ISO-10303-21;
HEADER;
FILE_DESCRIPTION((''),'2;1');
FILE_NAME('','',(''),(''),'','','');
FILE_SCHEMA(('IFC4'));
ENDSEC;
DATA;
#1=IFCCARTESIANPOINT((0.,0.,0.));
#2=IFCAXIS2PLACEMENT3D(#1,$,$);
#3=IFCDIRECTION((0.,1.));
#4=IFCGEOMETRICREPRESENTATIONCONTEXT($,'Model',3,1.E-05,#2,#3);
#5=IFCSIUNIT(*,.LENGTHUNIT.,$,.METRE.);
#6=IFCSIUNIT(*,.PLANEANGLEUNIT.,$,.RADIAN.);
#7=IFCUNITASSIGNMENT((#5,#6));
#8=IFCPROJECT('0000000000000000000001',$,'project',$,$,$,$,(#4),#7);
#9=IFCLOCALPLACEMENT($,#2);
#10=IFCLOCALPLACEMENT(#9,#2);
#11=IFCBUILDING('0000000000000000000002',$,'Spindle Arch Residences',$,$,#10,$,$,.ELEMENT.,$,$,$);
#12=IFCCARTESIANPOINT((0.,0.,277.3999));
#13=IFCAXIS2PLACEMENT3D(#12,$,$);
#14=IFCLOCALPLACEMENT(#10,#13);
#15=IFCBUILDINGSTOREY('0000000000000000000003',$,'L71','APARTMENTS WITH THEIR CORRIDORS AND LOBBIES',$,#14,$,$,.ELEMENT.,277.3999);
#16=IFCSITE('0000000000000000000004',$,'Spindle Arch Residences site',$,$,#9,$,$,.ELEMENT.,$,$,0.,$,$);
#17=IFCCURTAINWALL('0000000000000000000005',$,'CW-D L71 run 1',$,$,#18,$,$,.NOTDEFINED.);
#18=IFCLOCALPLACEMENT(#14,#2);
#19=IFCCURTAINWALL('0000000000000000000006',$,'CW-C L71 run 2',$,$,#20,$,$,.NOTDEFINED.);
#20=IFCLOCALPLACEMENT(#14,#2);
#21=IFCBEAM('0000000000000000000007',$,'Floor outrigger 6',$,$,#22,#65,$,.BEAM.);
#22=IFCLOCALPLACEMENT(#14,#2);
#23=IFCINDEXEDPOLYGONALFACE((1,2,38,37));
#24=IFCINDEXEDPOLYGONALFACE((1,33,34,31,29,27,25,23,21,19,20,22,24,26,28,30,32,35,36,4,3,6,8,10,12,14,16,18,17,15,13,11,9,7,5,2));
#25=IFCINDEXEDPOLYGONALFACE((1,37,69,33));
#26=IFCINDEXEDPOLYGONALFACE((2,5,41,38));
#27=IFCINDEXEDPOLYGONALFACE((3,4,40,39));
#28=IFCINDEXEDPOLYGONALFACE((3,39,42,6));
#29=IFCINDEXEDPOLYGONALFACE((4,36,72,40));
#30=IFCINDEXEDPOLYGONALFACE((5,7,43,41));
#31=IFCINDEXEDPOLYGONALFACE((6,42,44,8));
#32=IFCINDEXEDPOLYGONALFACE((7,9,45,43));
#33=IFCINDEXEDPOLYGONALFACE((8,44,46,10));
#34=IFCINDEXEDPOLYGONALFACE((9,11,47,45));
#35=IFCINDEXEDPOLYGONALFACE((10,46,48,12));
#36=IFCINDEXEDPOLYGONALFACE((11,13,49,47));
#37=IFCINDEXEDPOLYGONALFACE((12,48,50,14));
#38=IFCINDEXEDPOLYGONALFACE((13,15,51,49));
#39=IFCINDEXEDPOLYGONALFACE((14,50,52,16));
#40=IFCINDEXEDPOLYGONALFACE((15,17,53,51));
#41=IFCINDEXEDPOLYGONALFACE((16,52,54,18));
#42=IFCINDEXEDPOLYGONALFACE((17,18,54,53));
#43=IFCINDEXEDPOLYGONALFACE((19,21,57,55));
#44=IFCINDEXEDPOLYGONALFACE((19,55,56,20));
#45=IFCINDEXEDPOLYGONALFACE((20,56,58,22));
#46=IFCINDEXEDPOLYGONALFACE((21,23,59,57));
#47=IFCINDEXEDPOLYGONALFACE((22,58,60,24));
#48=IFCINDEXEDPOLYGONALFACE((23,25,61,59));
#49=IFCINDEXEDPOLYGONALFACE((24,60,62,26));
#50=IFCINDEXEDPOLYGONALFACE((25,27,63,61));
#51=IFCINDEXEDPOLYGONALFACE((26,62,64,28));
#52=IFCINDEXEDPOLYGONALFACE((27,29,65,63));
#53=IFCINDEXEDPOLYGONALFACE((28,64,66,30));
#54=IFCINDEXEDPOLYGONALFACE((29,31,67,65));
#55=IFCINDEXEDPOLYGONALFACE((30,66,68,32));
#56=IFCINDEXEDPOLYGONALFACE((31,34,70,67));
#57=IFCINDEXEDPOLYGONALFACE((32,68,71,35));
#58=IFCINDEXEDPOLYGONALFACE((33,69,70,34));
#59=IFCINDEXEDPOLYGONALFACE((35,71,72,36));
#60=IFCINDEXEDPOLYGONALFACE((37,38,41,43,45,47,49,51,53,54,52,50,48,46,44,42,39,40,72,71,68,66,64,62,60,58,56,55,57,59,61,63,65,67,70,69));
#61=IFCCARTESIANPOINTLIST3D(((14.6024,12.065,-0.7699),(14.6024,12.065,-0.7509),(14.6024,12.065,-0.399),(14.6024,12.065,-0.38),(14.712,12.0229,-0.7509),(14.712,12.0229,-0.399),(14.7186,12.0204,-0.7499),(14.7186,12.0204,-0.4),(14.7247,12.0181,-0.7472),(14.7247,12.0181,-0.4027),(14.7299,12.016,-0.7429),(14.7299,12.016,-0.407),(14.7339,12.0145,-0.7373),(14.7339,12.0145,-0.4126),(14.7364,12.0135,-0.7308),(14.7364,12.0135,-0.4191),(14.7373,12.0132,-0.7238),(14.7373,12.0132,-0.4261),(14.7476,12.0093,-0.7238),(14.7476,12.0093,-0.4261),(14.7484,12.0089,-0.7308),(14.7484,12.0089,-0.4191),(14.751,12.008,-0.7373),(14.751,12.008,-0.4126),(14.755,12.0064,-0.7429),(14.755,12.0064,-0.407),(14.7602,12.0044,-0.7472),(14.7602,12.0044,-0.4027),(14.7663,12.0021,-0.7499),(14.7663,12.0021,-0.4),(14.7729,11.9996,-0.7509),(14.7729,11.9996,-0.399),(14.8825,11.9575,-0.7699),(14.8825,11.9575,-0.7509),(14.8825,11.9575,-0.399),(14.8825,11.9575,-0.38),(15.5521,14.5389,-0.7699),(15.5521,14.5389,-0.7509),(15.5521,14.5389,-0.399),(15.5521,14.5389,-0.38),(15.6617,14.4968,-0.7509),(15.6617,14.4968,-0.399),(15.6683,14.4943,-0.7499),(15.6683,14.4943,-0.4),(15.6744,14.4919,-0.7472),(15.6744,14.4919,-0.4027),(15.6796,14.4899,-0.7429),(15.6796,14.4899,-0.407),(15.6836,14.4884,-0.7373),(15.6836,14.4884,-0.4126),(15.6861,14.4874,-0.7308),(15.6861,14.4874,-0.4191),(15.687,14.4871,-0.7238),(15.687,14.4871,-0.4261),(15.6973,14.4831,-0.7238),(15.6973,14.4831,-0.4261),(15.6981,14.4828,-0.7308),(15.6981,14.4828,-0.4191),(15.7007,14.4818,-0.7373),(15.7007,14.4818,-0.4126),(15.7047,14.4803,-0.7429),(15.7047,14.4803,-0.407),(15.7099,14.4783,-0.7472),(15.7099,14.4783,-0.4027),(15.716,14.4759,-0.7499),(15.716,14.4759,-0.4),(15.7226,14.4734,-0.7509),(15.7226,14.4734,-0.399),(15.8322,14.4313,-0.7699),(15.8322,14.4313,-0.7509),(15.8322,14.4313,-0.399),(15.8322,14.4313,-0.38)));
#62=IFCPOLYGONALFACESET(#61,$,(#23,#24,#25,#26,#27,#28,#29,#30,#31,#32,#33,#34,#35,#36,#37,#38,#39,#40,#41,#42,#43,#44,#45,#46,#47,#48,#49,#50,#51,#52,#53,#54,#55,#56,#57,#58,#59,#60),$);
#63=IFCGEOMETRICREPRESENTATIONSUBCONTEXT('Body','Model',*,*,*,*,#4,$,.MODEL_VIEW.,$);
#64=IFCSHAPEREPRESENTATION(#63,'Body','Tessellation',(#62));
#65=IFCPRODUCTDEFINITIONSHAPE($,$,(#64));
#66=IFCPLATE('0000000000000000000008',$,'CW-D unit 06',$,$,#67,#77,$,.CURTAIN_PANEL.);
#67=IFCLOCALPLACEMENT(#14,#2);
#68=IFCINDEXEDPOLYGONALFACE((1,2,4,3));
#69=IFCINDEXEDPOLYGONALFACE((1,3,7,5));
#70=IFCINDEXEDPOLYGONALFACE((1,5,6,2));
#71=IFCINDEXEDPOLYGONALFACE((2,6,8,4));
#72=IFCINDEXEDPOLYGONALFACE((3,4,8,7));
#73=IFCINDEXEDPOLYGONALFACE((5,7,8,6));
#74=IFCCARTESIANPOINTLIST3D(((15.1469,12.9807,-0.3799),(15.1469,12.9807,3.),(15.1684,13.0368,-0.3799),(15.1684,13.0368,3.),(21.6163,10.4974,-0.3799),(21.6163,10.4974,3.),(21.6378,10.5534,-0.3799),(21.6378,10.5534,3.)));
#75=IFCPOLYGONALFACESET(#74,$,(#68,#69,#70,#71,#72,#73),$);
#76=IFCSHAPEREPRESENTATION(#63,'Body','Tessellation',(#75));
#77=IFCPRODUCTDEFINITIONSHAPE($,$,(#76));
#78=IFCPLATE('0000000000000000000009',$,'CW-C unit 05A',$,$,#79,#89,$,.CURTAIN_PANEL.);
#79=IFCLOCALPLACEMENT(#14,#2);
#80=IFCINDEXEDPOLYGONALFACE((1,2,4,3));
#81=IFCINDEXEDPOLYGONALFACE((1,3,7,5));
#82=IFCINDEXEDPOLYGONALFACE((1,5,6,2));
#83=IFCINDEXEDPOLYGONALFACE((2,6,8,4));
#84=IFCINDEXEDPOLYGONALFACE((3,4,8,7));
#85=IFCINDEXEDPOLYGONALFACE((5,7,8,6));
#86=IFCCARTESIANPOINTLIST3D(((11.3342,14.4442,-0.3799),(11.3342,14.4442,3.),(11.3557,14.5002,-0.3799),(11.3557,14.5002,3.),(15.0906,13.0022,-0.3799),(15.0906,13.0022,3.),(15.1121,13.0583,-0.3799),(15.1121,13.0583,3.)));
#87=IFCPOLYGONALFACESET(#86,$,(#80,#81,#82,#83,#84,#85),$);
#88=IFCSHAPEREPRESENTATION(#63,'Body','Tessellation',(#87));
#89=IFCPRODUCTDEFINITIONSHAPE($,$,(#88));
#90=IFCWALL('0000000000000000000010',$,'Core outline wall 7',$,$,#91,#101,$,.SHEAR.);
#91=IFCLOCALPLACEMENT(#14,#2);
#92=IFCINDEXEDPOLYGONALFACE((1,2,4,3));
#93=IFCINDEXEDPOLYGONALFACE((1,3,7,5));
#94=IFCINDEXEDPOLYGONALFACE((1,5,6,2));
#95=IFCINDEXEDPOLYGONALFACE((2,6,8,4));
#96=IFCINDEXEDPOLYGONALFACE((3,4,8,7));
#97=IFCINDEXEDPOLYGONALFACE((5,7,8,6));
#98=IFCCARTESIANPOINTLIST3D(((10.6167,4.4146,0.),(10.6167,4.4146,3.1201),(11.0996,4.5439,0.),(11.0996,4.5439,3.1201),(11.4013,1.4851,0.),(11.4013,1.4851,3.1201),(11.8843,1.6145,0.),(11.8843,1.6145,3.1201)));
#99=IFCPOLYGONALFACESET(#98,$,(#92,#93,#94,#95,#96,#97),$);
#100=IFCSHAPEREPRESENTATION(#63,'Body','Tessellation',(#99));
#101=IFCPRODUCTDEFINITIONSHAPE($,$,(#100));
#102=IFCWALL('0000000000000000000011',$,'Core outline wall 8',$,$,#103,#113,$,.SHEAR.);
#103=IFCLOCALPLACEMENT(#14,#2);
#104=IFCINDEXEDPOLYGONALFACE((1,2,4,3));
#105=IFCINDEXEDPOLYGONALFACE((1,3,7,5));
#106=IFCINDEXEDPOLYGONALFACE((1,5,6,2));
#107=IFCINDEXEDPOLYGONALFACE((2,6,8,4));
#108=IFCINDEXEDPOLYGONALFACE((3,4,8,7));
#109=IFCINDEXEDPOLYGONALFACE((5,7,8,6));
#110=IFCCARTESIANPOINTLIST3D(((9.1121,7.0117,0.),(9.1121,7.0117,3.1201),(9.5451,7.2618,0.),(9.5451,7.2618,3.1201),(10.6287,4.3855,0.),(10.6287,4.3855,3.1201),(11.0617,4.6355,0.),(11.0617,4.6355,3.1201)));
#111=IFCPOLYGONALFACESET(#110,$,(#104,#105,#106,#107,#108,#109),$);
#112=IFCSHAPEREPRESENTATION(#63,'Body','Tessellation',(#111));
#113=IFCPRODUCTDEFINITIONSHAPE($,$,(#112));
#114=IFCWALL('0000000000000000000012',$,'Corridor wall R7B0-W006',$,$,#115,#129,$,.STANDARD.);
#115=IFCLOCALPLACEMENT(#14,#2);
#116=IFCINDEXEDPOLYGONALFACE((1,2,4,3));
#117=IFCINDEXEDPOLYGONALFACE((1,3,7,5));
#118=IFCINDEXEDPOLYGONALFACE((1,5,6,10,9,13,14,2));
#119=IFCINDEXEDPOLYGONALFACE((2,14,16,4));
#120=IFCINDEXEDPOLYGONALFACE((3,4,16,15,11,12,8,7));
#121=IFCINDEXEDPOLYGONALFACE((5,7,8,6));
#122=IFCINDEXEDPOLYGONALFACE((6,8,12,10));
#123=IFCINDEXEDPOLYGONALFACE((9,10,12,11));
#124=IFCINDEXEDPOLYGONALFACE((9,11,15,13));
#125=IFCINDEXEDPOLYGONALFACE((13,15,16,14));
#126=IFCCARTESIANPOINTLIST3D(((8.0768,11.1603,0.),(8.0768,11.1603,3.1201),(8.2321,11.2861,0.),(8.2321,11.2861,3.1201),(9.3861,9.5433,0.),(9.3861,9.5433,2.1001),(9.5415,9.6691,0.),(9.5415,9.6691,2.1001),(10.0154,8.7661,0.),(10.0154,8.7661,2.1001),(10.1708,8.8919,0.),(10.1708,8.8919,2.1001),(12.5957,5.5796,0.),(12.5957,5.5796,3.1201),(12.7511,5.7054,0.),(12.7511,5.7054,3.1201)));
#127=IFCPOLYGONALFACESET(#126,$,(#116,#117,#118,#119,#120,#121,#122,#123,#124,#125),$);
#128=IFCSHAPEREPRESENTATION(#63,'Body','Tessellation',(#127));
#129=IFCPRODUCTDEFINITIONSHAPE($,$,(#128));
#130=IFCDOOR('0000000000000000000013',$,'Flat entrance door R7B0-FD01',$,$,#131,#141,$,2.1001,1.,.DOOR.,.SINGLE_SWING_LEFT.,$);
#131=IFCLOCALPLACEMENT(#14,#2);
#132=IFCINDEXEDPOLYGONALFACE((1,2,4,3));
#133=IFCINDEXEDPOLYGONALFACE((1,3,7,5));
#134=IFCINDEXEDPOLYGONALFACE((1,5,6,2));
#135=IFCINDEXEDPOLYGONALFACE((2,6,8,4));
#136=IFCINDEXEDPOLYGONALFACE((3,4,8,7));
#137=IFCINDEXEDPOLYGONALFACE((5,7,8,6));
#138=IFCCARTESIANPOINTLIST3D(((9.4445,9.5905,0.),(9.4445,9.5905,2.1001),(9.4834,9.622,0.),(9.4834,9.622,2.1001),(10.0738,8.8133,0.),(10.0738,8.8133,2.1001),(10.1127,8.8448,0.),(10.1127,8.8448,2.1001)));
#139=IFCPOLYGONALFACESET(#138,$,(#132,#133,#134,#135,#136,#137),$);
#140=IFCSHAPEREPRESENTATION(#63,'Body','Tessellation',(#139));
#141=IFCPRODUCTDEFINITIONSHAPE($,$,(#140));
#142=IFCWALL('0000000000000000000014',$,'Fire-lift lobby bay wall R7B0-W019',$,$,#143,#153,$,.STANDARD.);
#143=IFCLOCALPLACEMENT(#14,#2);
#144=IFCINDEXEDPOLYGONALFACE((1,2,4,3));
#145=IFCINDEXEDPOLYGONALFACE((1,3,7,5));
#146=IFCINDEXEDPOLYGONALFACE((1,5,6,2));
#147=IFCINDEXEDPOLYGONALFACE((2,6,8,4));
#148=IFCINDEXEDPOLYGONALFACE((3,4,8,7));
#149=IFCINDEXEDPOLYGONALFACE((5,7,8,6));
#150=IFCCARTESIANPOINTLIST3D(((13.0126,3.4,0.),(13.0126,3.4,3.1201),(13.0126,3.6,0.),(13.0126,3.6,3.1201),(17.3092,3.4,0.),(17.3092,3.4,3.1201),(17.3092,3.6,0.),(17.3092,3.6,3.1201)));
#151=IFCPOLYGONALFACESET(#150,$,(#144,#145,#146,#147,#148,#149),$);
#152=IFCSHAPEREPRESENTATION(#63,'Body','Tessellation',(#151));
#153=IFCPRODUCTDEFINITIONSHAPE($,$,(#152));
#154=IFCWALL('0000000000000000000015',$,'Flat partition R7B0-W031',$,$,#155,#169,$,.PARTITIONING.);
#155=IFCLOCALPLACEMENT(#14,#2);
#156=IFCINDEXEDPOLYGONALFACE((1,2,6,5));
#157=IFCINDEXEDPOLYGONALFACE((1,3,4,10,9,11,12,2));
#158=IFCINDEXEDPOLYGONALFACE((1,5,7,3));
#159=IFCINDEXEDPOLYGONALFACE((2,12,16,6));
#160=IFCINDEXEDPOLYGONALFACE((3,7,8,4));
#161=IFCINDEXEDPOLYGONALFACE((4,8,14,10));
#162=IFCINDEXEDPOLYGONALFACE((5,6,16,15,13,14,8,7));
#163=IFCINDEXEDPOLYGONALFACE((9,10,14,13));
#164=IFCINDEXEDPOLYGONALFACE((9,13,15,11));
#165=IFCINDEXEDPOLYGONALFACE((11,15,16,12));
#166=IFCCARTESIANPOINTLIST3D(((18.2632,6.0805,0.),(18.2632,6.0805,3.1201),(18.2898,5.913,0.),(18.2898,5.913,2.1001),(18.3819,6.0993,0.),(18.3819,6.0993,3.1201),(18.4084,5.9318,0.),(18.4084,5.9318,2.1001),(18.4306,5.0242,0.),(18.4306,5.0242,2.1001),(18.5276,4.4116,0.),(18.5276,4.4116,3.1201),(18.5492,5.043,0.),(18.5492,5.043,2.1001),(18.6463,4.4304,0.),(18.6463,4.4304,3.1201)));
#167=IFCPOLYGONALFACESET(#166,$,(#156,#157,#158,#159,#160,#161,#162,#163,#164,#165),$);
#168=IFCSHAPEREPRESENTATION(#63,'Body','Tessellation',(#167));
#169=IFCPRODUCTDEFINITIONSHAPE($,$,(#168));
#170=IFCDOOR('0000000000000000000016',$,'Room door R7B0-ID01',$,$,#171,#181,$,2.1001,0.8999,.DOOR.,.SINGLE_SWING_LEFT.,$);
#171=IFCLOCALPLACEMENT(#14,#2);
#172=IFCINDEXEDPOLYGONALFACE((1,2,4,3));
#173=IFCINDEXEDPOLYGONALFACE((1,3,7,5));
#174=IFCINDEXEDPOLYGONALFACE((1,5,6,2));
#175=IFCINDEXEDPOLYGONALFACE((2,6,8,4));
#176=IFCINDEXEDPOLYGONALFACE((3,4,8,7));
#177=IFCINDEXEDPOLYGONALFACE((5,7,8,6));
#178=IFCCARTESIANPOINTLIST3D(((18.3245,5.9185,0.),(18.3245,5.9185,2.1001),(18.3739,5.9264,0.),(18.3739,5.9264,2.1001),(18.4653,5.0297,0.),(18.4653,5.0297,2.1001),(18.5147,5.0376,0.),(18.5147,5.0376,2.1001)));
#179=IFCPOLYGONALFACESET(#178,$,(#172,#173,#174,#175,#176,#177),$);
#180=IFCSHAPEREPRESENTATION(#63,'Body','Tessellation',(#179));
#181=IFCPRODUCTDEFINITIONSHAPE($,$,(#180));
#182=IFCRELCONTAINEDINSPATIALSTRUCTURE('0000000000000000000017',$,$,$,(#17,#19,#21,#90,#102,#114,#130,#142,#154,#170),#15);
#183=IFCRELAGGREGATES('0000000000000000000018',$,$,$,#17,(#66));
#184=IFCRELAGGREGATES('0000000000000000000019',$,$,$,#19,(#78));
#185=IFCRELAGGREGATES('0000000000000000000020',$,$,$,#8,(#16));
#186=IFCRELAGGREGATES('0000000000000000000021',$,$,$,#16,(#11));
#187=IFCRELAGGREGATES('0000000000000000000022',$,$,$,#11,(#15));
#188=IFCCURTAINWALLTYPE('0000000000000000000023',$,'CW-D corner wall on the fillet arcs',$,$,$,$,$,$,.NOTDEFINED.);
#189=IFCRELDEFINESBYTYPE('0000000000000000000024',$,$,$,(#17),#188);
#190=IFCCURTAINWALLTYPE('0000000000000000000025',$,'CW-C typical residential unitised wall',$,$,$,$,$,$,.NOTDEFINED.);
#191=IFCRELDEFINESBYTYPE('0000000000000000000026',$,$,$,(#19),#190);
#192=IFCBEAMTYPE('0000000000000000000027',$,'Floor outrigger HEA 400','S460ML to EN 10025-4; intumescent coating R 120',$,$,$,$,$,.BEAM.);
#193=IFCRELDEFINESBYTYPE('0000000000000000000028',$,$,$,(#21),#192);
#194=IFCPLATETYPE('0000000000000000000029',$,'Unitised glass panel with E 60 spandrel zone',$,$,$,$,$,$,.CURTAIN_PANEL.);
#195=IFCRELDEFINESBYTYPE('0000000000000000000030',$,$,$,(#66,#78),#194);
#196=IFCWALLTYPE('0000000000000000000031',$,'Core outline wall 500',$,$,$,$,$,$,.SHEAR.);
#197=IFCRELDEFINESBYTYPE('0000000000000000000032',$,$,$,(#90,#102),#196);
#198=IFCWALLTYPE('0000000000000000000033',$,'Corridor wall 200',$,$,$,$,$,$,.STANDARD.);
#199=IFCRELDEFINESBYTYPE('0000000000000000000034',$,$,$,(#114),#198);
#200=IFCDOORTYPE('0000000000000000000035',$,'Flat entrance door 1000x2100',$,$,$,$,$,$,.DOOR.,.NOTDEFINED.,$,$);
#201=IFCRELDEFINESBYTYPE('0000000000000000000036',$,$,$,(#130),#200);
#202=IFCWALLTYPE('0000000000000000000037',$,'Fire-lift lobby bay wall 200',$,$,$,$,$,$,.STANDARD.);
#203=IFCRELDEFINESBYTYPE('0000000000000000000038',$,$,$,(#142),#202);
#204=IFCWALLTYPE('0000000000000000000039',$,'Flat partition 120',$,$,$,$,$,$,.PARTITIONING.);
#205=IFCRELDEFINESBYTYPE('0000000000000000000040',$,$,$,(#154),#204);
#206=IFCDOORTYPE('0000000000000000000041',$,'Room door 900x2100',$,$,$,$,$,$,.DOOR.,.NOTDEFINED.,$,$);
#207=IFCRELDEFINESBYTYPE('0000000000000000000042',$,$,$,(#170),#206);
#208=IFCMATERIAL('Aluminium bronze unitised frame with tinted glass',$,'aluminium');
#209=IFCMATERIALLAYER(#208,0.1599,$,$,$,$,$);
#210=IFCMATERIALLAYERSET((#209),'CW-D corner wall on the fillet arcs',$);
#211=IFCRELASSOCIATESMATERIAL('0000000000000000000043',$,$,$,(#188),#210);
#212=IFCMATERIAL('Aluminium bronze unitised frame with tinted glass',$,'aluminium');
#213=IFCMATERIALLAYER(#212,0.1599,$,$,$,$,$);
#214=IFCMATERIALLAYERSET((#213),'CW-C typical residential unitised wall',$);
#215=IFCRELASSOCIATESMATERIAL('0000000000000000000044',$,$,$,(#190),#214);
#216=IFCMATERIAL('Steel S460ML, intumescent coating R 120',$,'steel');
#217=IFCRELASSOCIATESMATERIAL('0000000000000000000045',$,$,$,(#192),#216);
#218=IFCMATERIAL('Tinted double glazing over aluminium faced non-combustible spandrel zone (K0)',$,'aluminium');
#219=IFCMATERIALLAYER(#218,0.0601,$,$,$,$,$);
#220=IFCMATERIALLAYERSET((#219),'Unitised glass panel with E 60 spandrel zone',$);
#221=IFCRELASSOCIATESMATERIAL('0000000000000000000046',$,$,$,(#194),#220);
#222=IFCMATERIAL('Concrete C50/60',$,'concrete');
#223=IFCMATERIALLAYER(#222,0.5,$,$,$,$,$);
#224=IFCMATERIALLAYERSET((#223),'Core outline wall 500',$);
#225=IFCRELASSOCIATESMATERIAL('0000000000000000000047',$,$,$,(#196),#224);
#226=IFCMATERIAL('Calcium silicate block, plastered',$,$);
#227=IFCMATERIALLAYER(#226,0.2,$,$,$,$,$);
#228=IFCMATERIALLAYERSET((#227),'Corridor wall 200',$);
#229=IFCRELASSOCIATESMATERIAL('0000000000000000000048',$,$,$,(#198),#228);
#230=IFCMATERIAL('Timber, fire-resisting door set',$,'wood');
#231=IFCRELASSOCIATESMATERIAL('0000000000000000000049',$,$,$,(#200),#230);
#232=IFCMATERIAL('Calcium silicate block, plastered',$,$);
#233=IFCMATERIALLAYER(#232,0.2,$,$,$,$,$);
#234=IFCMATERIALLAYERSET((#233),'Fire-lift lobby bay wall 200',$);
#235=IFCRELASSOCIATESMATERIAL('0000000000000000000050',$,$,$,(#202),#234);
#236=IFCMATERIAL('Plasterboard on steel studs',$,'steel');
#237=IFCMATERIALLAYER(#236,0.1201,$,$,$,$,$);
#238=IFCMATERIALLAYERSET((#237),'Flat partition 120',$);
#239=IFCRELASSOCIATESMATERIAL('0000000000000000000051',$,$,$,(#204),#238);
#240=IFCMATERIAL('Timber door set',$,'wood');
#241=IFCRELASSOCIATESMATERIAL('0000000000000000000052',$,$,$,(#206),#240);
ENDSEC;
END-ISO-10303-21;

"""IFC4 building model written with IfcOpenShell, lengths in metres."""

from ifc_helpers import new_model, si_unit, direction, frame, frame_2d, origin, origin_2d, place, context, subcontext, project, spatial, rectangle, i_section, extrude, material, layer, layer_set, material_profile, profile_set, type_object, element, fill, aggregate, save


model = new_model("IFC4")

# Units and contexts
model_context = context("Model", 3, precision=1e-05, world=origin(), true_north=direction((0.0, 1.0)))
body_context = subcontext(model_context, "Body", "Model", "MODEL_VIEW")
ifc_project = project(units=[si_unit("LENGTHUNIT", "METRE"), si_unit("PLANEANGLEUNIT", "RADIAN")], contexts=[model_context])

# Site, building, storey
site_placement = place(None, origin())
site = spatial("IfcSite", under=ifc_project, at=site_placement, Name="Spindle Arch Residences site", CompositionType="ELEMENT", RefElevation=0.0)
building_placement = place(site_placement, origin())
building = spatial("IfcBuilding", under=site, at=building_placement, Name="Spindle Arch Residences", CompositionType="ELEMENT")
storey_placement = place(building_placement, frame((0.0, 0.0, 277.3999)))
storey = spatial("IfcBuildingStorey", under=building, at=storey_placement, Name="L71", Description="APARTMENTS WITH THEIR CORRIDORS AND LOBBIES", CompositionType="ELEMENT", Elevation=277.3999)

# Curtain walls
ifc_material_1 = material(Name="Aluminium bronze unitised frame with tinted glass", Category="aluminium")
ifc_layer_1 = layer(ifc_material_1, 0.1599)
ifc_layer_set_1 = layer_set([ifc_layer_1], Name="CW-D corner wall on the fillet arcs")
curtain_wall_type_1 = type_object("IfcCurtainWallType", Name="CW-D corner wall on the fillet arcs", PredefinedType="NOTDEFINED", material=ifc_layer_set_1)
curtain_wall_1_placement = place(storey_placement, origin())
curtain_wall_1 = element("IfcCurtainWall", 1, at=curtain_wall_1_placement, inside=storey, type_object=curtain_wall_type_1, Name="CW-D L71 run 1", PredefinedType="NOTDEFINED")
ifc_material_2 = material(Name="Aluminium bronze unitised frame with tinted glass", Category="aluminium")
ifc_layer_2 = layer(ifc_material_2, 0.1599)
ifc_layer_set_2 = layer_set([ifc_layer_2], Name="CW-C typical residential unitised wall")
curtain_wall_type_2 = type_object("IfcCurtainWallType", Name="CW-C typical residential unitised wall", PredefinedType="NOTDEFINED", material=ifc_layer_set_2)
curtain_wall_2_placement = place(storey_placement, origin())
curtain_wall_2 = element("IfcCurtainWall", 2, at=curtain_wall_2_placement, inside=storey, type_object=curtain_wall_type_2, Name="CW-C L71 run 2", PredefinedType="NOTDEFINED")

# Beam
ifc_material_3 = material(Name="Steel S460ML, intumescent coating R 120", Category="steel")
ifc_material_profile_1 = material_profile(ifc_material_3, i_section(OverallWidth=0.3, OverallDepth=0.3899, WebThickness=0.011, FlangeThickness=0.019, FilletRadius=0.0271, at=origin_2d()), Name="HEA 400")
ifc_profile_set_1 = profile_set([ifc_material_profile_1], Name="Steel S460ML, intumescent coating R 120")
beam_type_1 = type_object("IfcBeamType", Name="Floor outrigger HEA 400", Description="S460ML to EN 10025-4; intumescent coating R 120", PredefinedType="BEAM", material=ifc_profile_set_1)
beam_1_placement = place(storey_placement, frame((15.6921, 14.4851, -0.575), z_axis=(-0.358392, -0.933571, 0.0), x_axis=(0.933571, -0.358392, 0.0)))
element("IfcBeam", 3, at=beam_1_placement, inside=storey, type_object=beam_type_1, Name="Floor outrigger 6", PredefinedType="BEAM", context=body_context, shape_type="SweptSolid", body=[
    extrude(i_section(OverallWidth=0.3, OverallDepth=0.3899, WebThickness=0.011, FlangeThickness=0.019, FilletRadius=0.0271, at=origin_2d()), origin(), (0.0, 0.0, 1.0), 2.6499),
])

# Plates
ifc_material_4 = material(Name="Tinted double glazing over aluminium faced non-combustible spandrel zone (K0)", Category="aluminium")
ifc_layer_3 = layer(ifc_material_4, 0.0601)
ifc_layer_set_3 = layer_set([ifc_layer_3], Name="Unitised glass panel with E 60 spandrel zone")
plate_type = type_object("IfcPlateType", Name="Unitised glass panel with E 60 spandrel zone", PredefinedType="CURTAIN_PANEL", material=ifc_layer_set_3)
plate_1_placement = place(storey_placement, frame((18.3923, 11.7671, -0.3799), z_axis=(0.0, 0.0, 1.0), x_axis=(-0.93358, 0.358368, 0.0)))
plate_1 = element("IfcPlate", 4, at=plate_1_placement, type_object=plate_type, Name="CW-D unit 06", PredefinedType="CURTAIN_PANEL", context=body_context, shape_type="SweptSolid", body=[
    extrude(rectangle(XDim=6.9297, YDim=0.0601, at=origin_2d()), origin(), (0.0, 0.0, 1.0), 3.3799),
])
aggregate(curtain_wall_1, [plate_1])
plate_2_placement = place(storey_placement, frame((13.2231, 13.7512, -0.3799), z_axis=(0.0, 0.0, 1.0), x_axis=(-0.93358, 0.358368, 0.0)))
plate_2 = element("IfcPlate", 5, at=plate_2_placement, type_object=plate_type, Name="CW-C unit 05A", PredefinedType="CURTAIN_PANEL", context=body_context, shape_type="SweptSolid", body=[
    extrude(rectangle(XDim=4.0237, YDim=0.0601, at=origin_2d()), origin(), (0.0, 0.0, 1.0), 3.3799),
])
aggregate(curtain_wall_2, [plate_2])

# Walls
ifc_material_5 = material(Name="Concrete C50/60", Category="concrete")
ifc_layer_4 = layer(ifc_material_5, 0.5)
ifc_layer_set_4 = layer_set([ifc_layer_4], Name="Core outline wall 500")
wall_type_1 = type_object("IfcWallType", Name="Core outline wall 500", PredefinedType="SHEAR", material=ifc_layer_set_4)
for number, where, z_axis, x_axis, name in (
    (6, (11.6428, 1.5498, 0.0), (0.0, 0.0, 1.0), (-0.258735, 0.965948, 0.0), "Core outline wall 7"),
    (7, (10.8452, 4.5105, 0.0), (0.0, 0.0, 1.0), (-0.500087, 0.865975, 0.0), "Core outline wall 8"),
):
    element("IfcWall", number, at=place(storey_placement, frame(where, z_axis=z_axis, x_axis=x_axis)), inside=storey, type_object=wall_type_1, Name=name, PredefinedType="SHEAR", context=body_context, shape_type="SweptSolid", body=[
        extrude(rectangle(XDim=3.0327, YDim=0.5, at=frame_2d((1.5164, 0.0))), origin(), (0.0, 0.0, 1.0), 3.1201),
    ])

# Wall, opening, door
ifc_material_6 = material(Name="Calcium silicate block, plastered")
ifc_layer_5 = layer(ifc_material_6, 0.2)
ifc_layer_set_5 = layer_set([ifc_layer_5], Name="Corridor wall 200")
wall_type_2 = type_object("IfcWallType", Name="Corridor wall 200", PredefinedType="STANDARD", material=ifc_layer_set_5)
wall_1_placement = place(storey_placement, frame((12.6733, 5.6426, 0.0), z_axis=(0.0, 0.0, 1.0), x_axis=(-0.629303, 0.77716, 0.0)))
wall_1 = element("IfcWall", 8, at=wall_1_placement, inside=storey, type_object=wall_type_2, Name="Corridor wall R7B0-W006", PredefinedType="STANDARD", context=body_context, shape_type="SweptSolid", body=[
    extrude(rectangle(XDim=7.1809, YDim=0.2, at=frame_2d((3.5903, 0.0))), origin(), (0.0, 0.0, 1.0), 3.1201),
])
opening_1_placement = place(wall_1_placement, frame((4.1001, 0.0, 0.0)))
opening_1 = element("IfcOpeningElement", 9, at=opening_1_placement, cuts=wall_1, PredefinedType="OPENING", context=body_context, shape_type="SweptSolid", body=[
    extrude(rectangle(XDim=1.0, YDim=2.1001, at=frame_2d((0.5, 1.05))), frame((0.0, 0.1099, 0.0), z_axis=(0.0, -1.0, 0.0), x_axis=(1.0, 0.0, 0.0)), (0.0, 0.0, 1.0), 0.22),
])
ifc_material_7 = material(Name="Timber, fire-resisting door set", Category="wood")
door_type_1 = type_object("IfcDoorType", Name="Flat entrance door 1000x2100", OperationType="NOTDEFINED", PredefinedType="DOOR", material=ifc_material_7)
door_1_placement = place(opening_1_placement, origin())
door_1 = element("IfcDoor", 10, at=door_1_placement, inside=storey, type_object=door_type_1, Name="Flat entrance door R7B0-FD01", OperationType="SINGLE_SWING_LEFT", OverallHeight=2.1001, OverallWidth=1.0, PredefinedType="DOOR", context=body_context, shape_type="SweptSolid", body=[
    extrude(rectangle(XDim=1.0, YDim=2.1001, at=frame_2d((0.5, 1.05))), frame((0.0, 0.0249, 0.0), z_axis=(0.0, -1.0, 0.0), x_axis=(1.0, 0.0, 0.0)), (0.0, 0.0, 1.0), 0.05),
])
fill(opening_1, door_1)

# Wall
ifc_material_8 = material(Name="Calcium silicate block, plastered")
ifc_layer_6 = layer(ifc_material_8, 0.2)
ifc_layer_set_6 = layer_set([ifc_layer_6], Name="Fire-lift lobby bay wall 200")
wall_type_3 = type_object("IfcWallType", Name="Fire-lift lobby bay wall 200", PredefinedType="STANDARD", material=ifc_layer_set_6)
wall_2_placement = place(storey_placement, frame((17.3093, 3.5, 0.0), z_axis=(0.0, 0.0, 1.0), x_axis=(-1.0, 0.0, 0.0)))
element("IfcWall", 11, at=wall_2_placement, inside=storey, type_object=wall_type_3, Name="Fire-lift lobby bay wall R7B0-W019", PredefinedType="STANDARD", context=body_context, shape_type="SweptSolid", body=[
    extrude(rectangle(XDim=4.2966, YDim=0.2, at=frame_2d((2.1484, 0.0))), origin(), (0.0, 0.0, 1.0), 3.1201),
])

# Wall, opening, door
ifc_material_9 = material(Name="Plasterboard on steel studs", Category="steel")
ifc_layer_7 = layer(ifc_material_9, 0.1201)
ifc_layer_set_7 = layer_set([ifc_layer_7], Name="Flat partition 120")
wall_type_4 = type_object("IfcWallType", Name="Flat partition 120", PredefinedType="PARTITIONING", material=ifc_layer_set_7)
wall_3_placement = place(storey_placement, frame((18.5869, 4.4211, 0.0), z_axis=(0.0, 0.0, 1.0), x_axis=(-0.156474, 0.987682, 0.0)))
wall_3 = element("IfcWall", 12, at=wall_3_placement, inside=storey, type_object=wall_type_4, Name="Flat partition R7B0-W031", PredefinedType="PARTITIONING", context=body_context, shape_type="SweptSolid", body=[
    extrude(rectangle(XDim=1.6897, YDim=0.1201, at=frame_2d((0.8447, 0.0))), origin(), (0.0, 0.0, 1.0), 3.1201),
])
opening_2_placement = place(wall_3_placement, frame((0.6201, 0.0, 0.0)))
opening_2 = element("IfcOpeningElement", 13, at=opening_2_placement, cuts=wall_3, PredefinedType="OPENING", context=body_context, shape_type="SweptSolid", body=[
    extrude(rectangle(XDim=0.8999, YDim=2.1001, at=frame_2d((0.45, 1.05))), frame((0.0, 0.0701, 0.0), z_axis=(0.0, -1.0, 0.0), x_axis=(1.0, 0.0, 0.0)), (0.0, 0.0, 1.0), 0.1401),
])
ifc_material_10 = material(Name="Timber door set", Category="wood")
door_type_2 = type_object("IfcDoorType", Name="Room door 900x2100", OperationType="NOTDEFINED", PredefinedType="DOOR", material=ifc_material_10)
door_2_placement = place(opening_2_placement, origin())
door_2 = element("IfcDoor", 14, at=door_2_placement, inside=storey, type_object=door_type_2, Name="Room door R7B0-ID01", OperationType="SINGLE_SWING_LEFT", OverallHeight=2.1001, OverallWidth=0.8999, PredefinedType="DOOR", context=body_context, shape_type="SweptSolid", body=[
    extrude(rectangle(XDim=0.8999, YDim=2.1001, at=frame_2d((0.45, 1.05))), frame((0.0, 0.0249, 0.0), z_axis=(0.0, -1.0, 0.0), x_axis=(1.0, 0.0, 0.0)), (0.0, 0.0, 1.0), 0.05),
])
fill(opening_2, door_2)

save(model, "model.ifc")
